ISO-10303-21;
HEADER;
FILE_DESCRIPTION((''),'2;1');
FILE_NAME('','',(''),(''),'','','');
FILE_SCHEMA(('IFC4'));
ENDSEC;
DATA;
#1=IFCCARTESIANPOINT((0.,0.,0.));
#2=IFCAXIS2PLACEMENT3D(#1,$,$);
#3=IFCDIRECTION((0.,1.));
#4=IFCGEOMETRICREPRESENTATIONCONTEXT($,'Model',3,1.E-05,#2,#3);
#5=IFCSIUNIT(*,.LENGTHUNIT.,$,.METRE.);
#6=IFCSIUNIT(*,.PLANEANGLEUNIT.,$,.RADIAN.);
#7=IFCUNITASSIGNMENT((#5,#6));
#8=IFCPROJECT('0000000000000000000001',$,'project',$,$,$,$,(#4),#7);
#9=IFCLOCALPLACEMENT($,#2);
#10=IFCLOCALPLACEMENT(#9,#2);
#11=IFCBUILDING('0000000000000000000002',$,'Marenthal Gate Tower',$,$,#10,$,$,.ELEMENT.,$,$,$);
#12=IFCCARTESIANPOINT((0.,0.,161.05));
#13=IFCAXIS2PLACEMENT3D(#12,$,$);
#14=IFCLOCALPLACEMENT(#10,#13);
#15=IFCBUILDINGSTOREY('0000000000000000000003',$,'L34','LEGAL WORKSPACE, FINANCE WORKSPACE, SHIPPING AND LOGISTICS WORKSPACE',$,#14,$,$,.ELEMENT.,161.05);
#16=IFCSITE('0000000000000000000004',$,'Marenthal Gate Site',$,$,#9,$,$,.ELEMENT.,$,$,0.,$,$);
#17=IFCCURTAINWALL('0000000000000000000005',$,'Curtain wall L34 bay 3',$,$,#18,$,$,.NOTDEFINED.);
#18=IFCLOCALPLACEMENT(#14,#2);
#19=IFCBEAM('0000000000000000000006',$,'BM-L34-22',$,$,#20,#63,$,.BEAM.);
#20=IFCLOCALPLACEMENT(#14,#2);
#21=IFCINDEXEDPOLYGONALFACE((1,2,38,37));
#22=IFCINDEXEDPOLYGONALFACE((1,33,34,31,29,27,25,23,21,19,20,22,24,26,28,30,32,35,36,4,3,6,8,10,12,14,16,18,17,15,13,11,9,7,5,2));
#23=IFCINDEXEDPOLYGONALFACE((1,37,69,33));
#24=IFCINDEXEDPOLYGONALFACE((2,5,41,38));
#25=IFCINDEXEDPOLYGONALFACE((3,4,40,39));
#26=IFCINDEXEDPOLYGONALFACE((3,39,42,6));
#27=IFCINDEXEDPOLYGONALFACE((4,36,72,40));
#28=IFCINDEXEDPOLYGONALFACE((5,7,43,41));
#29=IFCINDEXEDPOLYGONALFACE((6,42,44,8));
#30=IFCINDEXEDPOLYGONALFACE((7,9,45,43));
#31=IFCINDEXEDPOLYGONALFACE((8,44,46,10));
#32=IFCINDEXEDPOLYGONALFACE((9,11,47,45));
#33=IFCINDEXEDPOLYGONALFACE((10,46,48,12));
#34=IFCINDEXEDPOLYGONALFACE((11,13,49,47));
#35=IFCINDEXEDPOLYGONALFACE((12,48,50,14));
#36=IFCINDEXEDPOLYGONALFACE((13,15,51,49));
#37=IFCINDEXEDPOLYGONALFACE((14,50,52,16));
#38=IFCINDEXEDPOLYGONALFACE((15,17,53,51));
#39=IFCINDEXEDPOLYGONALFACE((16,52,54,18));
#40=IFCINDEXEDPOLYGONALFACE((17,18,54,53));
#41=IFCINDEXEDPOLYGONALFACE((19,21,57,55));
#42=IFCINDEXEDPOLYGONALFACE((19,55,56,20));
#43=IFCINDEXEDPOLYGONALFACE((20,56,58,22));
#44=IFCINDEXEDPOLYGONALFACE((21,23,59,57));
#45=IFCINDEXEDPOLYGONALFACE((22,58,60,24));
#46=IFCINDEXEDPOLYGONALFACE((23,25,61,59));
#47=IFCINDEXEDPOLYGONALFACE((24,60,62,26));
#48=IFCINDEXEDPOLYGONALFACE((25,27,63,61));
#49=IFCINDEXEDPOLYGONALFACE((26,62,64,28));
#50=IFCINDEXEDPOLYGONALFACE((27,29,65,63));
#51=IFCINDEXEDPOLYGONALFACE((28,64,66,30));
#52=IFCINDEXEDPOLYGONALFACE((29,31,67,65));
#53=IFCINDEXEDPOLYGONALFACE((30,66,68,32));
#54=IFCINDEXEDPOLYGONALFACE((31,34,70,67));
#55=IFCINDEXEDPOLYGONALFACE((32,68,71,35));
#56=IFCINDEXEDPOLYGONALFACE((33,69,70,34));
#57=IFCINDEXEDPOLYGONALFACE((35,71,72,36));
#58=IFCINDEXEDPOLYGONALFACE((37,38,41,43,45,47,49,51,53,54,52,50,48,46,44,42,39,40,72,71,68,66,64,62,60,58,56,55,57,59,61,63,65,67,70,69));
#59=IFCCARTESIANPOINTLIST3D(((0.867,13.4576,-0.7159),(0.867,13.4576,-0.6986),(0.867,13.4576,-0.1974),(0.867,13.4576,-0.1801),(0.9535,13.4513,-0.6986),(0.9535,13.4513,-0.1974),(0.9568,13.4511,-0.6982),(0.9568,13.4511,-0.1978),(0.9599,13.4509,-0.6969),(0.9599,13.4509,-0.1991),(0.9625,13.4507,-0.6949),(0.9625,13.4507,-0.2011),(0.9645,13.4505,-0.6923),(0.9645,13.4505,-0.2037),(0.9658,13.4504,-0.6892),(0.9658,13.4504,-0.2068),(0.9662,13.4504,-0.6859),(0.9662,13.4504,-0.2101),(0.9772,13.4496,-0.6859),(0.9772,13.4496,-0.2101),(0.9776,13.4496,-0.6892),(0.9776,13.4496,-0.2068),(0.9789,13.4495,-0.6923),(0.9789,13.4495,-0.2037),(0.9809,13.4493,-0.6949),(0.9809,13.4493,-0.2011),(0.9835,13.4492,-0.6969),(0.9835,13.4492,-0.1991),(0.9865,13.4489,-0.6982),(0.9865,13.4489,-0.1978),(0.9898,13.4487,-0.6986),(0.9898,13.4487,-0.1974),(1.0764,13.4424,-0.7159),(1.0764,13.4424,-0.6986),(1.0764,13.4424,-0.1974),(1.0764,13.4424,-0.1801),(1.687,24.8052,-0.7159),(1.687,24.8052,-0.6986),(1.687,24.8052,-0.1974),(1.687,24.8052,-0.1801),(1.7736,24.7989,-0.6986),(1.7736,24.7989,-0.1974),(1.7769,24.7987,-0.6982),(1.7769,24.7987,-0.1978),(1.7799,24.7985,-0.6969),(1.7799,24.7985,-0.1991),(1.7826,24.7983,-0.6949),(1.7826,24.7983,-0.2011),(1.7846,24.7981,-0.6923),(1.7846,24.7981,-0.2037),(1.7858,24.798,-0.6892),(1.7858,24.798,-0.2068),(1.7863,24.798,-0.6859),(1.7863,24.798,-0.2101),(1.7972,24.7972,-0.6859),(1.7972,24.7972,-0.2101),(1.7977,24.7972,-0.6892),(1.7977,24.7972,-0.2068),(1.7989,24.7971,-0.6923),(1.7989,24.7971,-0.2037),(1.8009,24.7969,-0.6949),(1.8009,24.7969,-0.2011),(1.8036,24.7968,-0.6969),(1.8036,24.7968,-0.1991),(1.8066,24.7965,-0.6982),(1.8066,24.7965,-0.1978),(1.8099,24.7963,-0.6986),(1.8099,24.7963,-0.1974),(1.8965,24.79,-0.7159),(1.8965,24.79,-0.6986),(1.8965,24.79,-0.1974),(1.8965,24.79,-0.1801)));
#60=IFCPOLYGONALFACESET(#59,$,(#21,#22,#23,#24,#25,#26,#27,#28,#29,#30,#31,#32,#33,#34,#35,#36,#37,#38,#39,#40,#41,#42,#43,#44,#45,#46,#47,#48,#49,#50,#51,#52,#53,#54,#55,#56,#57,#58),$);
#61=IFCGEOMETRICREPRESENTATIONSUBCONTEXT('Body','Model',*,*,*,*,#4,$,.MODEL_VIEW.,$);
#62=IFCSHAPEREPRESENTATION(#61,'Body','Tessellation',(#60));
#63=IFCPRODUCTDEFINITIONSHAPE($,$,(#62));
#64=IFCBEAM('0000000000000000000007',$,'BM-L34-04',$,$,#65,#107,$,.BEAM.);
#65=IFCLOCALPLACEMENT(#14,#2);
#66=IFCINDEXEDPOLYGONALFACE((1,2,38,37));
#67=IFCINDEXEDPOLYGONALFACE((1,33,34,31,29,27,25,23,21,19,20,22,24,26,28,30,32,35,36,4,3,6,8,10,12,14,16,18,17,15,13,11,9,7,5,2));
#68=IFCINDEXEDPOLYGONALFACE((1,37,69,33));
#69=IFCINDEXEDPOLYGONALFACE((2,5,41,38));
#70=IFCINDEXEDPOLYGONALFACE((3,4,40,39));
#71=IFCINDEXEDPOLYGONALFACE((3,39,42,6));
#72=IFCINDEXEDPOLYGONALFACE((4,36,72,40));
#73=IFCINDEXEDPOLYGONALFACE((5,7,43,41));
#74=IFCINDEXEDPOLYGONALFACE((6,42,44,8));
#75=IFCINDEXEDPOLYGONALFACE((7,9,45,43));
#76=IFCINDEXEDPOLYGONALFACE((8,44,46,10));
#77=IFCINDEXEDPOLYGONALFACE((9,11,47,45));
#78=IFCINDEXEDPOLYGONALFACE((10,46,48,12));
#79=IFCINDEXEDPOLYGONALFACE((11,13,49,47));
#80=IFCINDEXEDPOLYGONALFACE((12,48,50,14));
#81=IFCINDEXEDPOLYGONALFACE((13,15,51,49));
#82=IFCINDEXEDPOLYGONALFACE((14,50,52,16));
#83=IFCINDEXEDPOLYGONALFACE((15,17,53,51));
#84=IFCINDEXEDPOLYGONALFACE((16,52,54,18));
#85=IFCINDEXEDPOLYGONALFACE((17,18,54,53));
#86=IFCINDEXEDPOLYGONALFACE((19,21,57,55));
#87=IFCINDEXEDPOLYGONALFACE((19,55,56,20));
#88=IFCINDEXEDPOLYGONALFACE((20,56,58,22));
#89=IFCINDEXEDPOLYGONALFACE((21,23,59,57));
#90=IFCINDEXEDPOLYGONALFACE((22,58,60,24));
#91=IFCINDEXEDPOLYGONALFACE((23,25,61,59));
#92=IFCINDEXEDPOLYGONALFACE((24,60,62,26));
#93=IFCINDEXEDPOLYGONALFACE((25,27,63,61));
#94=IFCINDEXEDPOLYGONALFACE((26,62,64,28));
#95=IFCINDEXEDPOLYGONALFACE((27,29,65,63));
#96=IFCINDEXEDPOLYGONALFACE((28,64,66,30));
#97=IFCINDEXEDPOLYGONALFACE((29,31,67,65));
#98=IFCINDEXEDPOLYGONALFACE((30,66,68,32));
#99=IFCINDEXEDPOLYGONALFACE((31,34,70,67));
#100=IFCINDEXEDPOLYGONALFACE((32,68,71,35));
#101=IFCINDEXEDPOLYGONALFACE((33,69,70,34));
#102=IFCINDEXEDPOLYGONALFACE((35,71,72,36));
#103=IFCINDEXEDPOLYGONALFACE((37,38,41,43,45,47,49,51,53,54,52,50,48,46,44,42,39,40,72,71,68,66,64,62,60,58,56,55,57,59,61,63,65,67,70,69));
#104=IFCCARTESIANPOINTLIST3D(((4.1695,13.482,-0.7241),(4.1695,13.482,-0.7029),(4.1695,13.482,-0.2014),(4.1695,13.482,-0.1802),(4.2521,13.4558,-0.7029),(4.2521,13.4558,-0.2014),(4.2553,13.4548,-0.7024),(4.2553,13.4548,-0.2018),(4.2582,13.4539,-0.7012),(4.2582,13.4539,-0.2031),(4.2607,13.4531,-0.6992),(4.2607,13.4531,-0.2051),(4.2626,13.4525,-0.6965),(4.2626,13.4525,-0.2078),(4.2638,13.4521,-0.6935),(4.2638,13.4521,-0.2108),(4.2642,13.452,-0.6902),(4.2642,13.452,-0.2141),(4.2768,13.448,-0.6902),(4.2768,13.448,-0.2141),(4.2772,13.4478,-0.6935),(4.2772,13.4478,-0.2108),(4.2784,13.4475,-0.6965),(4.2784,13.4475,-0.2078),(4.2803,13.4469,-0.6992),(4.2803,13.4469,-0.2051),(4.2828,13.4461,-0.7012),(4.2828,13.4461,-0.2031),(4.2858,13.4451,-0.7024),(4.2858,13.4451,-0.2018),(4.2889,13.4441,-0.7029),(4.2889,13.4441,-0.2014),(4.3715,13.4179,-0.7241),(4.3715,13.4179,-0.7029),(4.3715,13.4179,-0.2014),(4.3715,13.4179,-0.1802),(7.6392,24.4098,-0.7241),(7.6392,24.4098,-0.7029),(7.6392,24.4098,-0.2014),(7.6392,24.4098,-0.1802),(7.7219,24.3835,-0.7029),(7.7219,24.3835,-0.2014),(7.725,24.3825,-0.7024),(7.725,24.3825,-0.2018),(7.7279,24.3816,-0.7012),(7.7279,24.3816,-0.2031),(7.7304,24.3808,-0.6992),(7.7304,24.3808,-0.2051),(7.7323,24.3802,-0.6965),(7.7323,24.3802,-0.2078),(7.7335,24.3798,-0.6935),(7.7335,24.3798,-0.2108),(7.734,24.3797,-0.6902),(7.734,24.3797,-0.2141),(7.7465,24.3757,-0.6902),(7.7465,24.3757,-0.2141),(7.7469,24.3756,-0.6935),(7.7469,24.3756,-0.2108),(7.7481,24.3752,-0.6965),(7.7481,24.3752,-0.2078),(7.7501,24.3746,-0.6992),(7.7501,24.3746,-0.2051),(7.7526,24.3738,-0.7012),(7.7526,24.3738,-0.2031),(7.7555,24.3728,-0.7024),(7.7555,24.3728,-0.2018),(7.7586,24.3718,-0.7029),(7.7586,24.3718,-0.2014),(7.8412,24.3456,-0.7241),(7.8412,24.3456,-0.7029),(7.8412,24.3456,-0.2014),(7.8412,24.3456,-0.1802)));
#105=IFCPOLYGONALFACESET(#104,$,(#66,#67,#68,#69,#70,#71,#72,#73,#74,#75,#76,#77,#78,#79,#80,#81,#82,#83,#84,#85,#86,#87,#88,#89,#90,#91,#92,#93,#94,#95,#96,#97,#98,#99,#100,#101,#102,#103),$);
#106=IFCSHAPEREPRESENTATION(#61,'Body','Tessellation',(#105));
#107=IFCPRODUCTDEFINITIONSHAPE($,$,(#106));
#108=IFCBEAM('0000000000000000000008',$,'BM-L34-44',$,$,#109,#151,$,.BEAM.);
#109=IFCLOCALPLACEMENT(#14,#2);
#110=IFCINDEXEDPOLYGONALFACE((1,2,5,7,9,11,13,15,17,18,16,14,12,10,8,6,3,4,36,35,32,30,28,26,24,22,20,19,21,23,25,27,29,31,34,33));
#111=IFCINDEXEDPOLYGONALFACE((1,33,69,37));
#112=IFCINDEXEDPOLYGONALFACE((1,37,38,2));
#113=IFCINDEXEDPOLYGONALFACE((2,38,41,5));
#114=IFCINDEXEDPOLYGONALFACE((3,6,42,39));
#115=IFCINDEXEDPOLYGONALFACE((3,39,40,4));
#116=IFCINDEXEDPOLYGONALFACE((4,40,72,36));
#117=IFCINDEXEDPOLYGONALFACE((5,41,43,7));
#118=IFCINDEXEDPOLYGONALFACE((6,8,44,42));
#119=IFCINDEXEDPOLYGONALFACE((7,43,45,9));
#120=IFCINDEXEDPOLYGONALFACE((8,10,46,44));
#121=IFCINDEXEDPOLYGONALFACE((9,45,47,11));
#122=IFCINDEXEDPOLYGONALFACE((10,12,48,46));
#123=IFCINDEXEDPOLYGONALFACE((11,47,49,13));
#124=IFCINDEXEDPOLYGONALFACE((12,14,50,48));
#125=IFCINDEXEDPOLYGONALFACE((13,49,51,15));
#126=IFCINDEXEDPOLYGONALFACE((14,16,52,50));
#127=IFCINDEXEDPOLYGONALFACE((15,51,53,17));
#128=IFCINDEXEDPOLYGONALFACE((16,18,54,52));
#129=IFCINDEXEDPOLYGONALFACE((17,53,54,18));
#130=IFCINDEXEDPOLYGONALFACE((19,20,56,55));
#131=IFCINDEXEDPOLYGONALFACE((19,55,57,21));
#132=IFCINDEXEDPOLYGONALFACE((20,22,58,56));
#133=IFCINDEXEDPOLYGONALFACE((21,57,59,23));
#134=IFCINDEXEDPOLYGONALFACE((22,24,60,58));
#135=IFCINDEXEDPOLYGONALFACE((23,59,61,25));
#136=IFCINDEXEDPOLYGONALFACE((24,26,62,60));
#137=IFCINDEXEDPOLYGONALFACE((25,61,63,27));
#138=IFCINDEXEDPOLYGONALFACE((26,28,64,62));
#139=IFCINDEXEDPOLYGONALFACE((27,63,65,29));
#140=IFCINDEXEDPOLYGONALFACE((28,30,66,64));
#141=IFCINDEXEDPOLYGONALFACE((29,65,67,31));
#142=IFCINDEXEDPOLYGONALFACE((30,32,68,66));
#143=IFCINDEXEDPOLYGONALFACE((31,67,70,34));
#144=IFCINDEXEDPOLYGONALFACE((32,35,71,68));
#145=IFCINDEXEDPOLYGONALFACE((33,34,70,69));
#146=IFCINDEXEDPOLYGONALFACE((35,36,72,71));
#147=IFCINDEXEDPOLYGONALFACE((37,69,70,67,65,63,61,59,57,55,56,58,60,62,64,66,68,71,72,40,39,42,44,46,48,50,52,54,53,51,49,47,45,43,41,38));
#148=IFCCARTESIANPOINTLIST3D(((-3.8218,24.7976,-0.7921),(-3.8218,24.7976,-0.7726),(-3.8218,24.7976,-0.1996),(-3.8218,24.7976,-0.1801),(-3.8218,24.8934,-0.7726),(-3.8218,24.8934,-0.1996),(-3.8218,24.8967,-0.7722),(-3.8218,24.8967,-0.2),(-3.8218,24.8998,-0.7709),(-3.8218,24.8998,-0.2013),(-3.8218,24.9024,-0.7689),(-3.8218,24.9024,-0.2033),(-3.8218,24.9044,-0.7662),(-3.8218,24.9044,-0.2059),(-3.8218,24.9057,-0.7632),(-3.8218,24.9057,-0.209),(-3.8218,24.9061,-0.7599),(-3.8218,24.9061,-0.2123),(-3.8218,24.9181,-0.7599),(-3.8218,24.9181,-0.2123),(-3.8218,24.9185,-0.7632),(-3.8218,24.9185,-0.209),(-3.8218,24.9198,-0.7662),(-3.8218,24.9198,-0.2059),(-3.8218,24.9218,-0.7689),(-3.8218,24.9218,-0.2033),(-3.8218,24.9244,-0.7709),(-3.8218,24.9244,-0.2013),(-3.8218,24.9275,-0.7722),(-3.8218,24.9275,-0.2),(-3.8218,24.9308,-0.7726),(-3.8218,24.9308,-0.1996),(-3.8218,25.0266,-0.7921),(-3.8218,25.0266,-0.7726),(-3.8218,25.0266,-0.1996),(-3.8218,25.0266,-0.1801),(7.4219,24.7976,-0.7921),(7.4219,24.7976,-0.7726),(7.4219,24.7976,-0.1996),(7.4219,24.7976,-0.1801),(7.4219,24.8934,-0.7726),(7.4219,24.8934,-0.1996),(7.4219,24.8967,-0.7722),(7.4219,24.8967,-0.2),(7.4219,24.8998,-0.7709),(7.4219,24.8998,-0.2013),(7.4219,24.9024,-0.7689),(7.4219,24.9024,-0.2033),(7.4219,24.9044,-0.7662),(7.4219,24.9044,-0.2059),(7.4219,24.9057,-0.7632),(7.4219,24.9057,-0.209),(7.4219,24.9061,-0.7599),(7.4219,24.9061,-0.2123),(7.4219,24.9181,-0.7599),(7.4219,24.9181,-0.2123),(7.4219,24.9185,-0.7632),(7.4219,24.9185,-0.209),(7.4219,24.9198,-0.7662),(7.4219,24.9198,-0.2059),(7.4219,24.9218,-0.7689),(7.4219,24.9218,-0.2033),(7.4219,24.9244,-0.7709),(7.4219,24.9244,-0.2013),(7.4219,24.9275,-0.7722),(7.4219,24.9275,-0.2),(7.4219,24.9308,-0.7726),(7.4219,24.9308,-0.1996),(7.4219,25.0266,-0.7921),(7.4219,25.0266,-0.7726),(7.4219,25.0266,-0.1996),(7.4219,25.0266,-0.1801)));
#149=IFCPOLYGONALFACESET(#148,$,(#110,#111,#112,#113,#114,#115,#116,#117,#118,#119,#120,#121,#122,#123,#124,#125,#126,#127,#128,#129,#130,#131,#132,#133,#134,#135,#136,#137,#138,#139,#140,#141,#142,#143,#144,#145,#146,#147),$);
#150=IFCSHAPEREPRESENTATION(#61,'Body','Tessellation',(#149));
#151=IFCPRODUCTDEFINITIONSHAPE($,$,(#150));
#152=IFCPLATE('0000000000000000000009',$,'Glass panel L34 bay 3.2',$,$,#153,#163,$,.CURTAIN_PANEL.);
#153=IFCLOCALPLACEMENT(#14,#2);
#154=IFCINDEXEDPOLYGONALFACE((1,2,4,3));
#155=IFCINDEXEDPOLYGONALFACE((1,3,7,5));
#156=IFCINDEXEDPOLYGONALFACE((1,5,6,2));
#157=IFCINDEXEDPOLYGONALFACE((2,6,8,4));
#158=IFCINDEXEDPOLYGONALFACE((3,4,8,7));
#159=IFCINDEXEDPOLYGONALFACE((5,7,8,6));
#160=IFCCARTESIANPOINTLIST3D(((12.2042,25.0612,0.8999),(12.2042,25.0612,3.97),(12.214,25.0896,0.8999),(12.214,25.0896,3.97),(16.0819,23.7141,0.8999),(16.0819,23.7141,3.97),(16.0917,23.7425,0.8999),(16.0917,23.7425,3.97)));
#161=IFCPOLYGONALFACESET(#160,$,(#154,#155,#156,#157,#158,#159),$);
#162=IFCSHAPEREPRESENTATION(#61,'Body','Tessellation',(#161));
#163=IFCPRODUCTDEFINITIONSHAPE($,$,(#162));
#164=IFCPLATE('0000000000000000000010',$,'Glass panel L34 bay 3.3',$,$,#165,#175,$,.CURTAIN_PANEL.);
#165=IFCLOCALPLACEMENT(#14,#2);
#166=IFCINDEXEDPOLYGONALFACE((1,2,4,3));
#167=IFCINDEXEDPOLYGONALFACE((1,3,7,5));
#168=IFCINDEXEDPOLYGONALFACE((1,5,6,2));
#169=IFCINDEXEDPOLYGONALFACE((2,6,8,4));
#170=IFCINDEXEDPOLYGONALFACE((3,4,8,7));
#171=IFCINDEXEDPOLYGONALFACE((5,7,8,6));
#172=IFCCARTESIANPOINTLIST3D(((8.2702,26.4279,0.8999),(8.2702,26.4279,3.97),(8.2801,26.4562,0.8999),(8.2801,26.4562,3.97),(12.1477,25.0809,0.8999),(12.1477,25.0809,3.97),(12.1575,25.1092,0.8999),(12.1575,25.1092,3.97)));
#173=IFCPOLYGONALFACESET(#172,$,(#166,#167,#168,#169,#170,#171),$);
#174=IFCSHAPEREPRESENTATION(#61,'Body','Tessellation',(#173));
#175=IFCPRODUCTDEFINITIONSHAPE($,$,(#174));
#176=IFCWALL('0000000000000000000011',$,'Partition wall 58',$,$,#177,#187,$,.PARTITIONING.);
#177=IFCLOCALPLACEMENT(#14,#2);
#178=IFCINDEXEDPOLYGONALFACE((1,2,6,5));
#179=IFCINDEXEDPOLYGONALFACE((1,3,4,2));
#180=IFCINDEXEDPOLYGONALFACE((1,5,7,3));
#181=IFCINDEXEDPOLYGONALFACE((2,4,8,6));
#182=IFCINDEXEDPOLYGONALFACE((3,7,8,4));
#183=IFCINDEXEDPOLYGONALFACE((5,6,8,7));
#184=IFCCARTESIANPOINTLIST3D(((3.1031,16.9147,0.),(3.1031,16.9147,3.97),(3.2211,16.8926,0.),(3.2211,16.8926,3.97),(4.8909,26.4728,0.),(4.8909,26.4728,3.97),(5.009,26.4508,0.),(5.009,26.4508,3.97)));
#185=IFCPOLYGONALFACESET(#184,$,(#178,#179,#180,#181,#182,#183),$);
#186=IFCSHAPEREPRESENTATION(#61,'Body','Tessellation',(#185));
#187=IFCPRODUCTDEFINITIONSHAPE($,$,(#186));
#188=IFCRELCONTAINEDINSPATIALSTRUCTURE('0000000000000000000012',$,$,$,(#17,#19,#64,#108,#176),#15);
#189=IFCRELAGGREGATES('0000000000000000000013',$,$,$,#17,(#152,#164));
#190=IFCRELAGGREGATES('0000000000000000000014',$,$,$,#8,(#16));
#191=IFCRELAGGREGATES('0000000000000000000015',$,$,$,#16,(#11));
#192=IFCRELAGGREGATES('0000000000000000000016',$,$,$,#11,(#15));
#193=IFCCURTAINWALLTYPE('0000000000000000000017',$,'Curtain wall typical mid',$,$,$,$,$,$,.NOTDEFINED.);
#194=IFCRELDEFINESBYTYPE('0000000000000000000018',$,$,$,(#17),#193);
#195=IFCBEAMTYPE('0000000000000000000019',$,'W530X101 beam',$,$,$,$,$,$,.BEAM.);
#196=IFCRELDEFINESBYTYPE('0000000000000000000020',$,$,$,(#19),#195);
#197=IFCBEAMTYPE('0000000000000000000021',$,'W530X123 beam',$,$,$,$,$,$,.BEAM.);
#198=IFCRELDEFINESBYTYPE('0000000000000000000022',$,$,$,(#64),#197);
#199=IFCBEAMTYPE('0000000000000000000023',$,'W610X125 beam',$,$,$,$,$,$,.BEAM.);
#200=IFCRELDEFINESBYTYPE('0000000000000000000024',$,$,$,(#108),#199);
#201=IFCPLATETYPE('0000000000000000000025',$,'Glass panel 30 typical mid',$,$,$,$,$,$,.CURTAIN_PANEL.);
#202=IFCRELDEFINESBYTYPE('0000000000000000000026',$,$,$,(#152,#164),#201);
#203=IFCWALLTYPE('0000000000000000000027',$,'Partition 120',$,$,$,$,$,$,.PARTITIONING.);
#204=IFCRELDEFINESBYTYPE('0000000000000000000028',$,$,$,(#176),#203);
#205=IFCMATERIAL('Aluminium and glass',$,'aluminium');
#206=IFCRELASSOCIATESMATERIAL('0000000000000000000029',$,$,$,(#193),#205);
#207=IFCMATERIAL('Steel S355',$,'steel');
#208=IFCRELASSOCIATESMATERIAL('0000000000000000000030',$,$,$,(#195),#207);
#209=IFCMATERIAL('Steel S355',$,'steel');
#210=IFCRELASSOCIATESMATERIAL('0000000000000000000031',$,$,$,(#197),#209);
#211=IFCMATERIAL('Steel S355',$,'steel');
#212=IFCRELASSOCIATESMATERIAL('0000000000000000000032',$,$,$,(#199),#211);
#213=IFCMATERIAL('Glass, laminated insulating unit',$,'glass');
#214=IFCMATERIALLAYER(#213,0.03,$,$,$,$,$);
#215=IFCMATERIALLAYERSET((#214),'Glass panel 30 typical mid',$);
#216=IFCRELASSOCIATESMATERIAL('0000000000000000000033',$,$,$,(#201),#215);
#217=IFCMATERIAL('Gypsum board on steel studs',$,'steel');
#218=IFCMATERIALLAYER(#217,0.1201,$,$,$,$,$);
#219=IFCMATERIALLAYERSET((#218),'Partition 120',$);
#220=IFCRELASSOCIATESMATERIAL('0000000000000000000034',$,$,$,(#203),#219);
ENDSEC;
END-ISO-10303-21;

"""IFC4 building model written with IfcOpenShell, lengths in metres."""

from ifc_helpers import new_model, si_unit, direction, frame, frame_2d, origin, origin_2d, place, context, subcontext, project, spatial, rectangle, i_section, extrude, material, layer, layer_set, material_profile, profile_set, type_object, element, aggregate, save


model = new_model("IFC4")

# Units and contexts
model_context = context("Model", 3, precision=1e-05, world=origin(), true_north=direction((0.0, 1.0)))
body_context = subcontext(model_context, "Body", "Model", "MODEL_VIEW")
ifc_project = project(units=[si_unit("LENGTHUNIT", "METRE"), si_unit("PLANEANGLEUNIT", "RADIAN")], contexts=[model_context])

# Site, building, storey
site_placement = place(None, origin())
site = spatial("IfcSite", under=ifc_project, at=site_placement, Name="Marenthal Gate Site", CompositionType="ELEMENT", RefElevation=0.0)
building_placement = place(site_placement, origin())
building = spatial("IfcBuilding", under=site, at=building_placement, Name="Marenthal Gate Tower", CompositionType="ELEMENT")
storey_placement = place(building_placement, frame((0.0, 0.0, 161.05)))
storey = spatial("IfcBuildingStorey", under=building, at=storey_placement, Name="L34", Description="LEGAL WORKSPACE, FINANCE WORKSPACE, SHIPPING AND LOGISTICS WORKSPACE", CompositionType="ELEMENT", Elevation=161.05)

# Curtain wall
ifc_material_1 = material(Name="Aluminium and glass", Category="aluminium")
curtain_wall_type = type_object("IfcCurtainWallType", Name="Curtain wall typical mid", PredefinedType="NOTDEFINED", material=ifc_material_1)
curtain_wall_placement = place(storey_placement, origin())
curtain_wall = element("IfcCurtainWall", 1, at=curtain_wall_placement, inside=storey, type_object=curtain_wall_type, Name="Curtain wall L34 bay 3", PredefinedType="NOTDEFINED")

# Beams
ifc_material_2 = material(Name="Steel S355", Category="steel")
ifc_material_profile_1 = material_profile(ifc_material_2, i_section(OverallWidth=0.21, OverallDepth=0.5359, WebThickness=0.011, FlangeThickness=0.0173, FilletRadius=0.0127, at=origin_2d()), Name="W530X101")
ifc_profile_set_1 = profile_set([ifc_material_profile_1], Name="Steel S355")
beam_type_1 = type_object("IfcBeamType", Name="W530X101 beam", PredefinedType="BEAM", material=ifc_profile_set_1)
beam_1_placement = place(storey_placement, frame((1.7917, 24.7976, -0.448), z_axis=(-0.07208, -0.997399, 0.0), x_axis=(0.997399, -0.07208, 0.0)))
element("IfcBeam", 2, at=beam_1_placement, inside=storey, type_object=beam_type_1, Name="BM-L34-22", PredefinedType="BEAM", context=body_context, shape_type="SweptSolid", body=[
    extrude(i_section(OverallWidth=0.21, OverallDepth=0.5359, WebThickness=0.011, FlangeThickness=0.0173, FilletRadius=0.0127, at=origin_2d()), origin(), (0.0, 0.0, 1.0), 11.3772),
])
ifc_material_3 = material(Name="Steel S355", Category="steel")
ifc_material_profile_2 = material_profile(ifc_material_3, i_section(OverallWidth=0.2119, OverallDepth=0.5439, WebThickness=0.0132, FlangeThickness=0.0212, FilletRadius=0.0127, at=origin_2d()), Name="W530X123")
ifc_profile_set_2 = profile_set([ifc_material_profile_2], Name="Steel S355")
beam_type_2 = type_object("IfcBeamType", Name="W530X123 beam", PredefinedType="BEAM", material=ifc_profile_set_2)
beam_2_placement = place(storey_placement, frame((7.7402, 24.3777, -0.4521), z_axis=(-0.302627, -0.953109, 0.0), x_axis=(0.953109, -0.302627, 0.0)))
element("IfcBeam", 3, at=beam_2_placement, inside=storey, type_object=beam_type_2, Name="BM-L34-04", PredefinedType="BEAM", context=body_context, shape_type="SweptSolid", body=[
    extrude(i_section(OverallWidth=0.2119, OverallDepth=0.5439, WebThickness=0.0132, FlangeThickness=0.0212, FilletRadius=0.0127, at=origin_2d()), origin(), (0.0, 0.0, 1.0), 11.4653),
])
ifc_material_4 = material(Name="Steel S355", Category="steel")
ifc_material_profile_3 = material_profile(ifc_material_4, i_section(OverallWidth=0.229, OverallDepth=0.6121, WebThickness=0.012, FlangeThickness=0.0195, FilletRadius=0.0127, at=origin_2d()), Name="W610X125")
ifc_profile_set_3 = profile_set([ifc_material_profile_3], Name="Steel S355")
beam_type_3 = type_object("IfcBeamType", Name="W610X125 beam", PredefinedType="BEAM", material=ifc_profile_set_3)
beam_3_placement = place(storey_placement, frame((7.4219, 24.9121, -0.4861), z_axis=(-1.0, 0.0, 0.0), x_axis=(0.0, -1.0, 0.0)))
element("IfcBeam", 4, at=beam_3_placement, inside=storey, type_object=beam_type_3, Name="BM-L34-44", PredefinedType="BEAM", context=body_context, shape_type="SweptSolid", body=[
    extrude(i_section(OverallWidth=0.229, OverallDepth=0.6121, WebThickness=0.012, FlangeThickness=0.0195, FilletRadius=0.0127, at=origin_2d()), origin(), (0.0, 0.0, 1.0), 11.2437),
])

# Plates
ifc_material_5 = material(Name="Glass, laminated insulating unit", Category="glass")
ifc_layer_1 = layer(ifc_material_5, 0.03)
ifc_layer_set_1 = layer_set([ifc_layer_1], Name="Glass panel 30 typical mid")
plate_type = type_object("IfcPlateType", Name="Glass panel 30 typical mid", PredefinedType="CURTAIN_PANEL", material=ifc_layer_set_1)
plate_1_placement = place(storey_placement, frame((14.1479, 24.4019, 0.8999), z_axis=(0.0, 0.0, 1.0), x_axis=(-0.944623, 0.328158, 0.0)))
plate_1 = element("IfcPlate", 5, at=plate_1_placement, type_object=plate_type, Name="Glass panel L34 bay 3.2", PredefinedType="CURTAIN_PANEL", context=body_context, shape_type="SweptSolid", body=[
    extrude(rectangle(XDim=4.105, YDim=0.03, at=origin_2d()), origin(), (0.0, 0.0, 1.0), 3.0701),
])
plate_2_placement = place(storey_placement, frame((10.2139, 25.7686, 0.8999), z_axis=(0.0, 0.0, 1.0), x_axis=(-0.944623, 0.328158, 0.0)))
plate_2 = element("IfcPlate", 6, at=plate_2_placement, type_object=plate_type, Name="Glass panel L34 bay 3.3", PredefinedType="CURTAIN_PANEL", context=body_context, shape_type="SweptSolid", body=[
    extrude(rectangle(XDim=4.1047, YDim=0.03, at=origin_2d()), origin(), (0.0, 0.0, 1.0), 3.0701),
])
aggregate(curtain_wall, [plate_1, plate_2])

# Wall
ifc_material_6 = material(Name="Gypsum board on steel studs", Category="steel")
ifc_layer_2 = layer(ifc_material_6, 0.1201)
ifc_layer_set_2 = layer_set([ifc_layer_2], Name="Partition 120")
wall_type_1 = type_object("IfcWallType", Name="Partition 120", PredefinedType="PARTITIONING", material=ifc_layer_set_2)
wall_1_placement = place(storey_placement, frame((3.1621, 16.9038, 0.0), z_axis=(0.0, 0.0, 1.0), x_axis=(0.183861, 0.982952, 0.0)))
element("IfcWall", 7, at=wall_1_placement, inside=storey, type_object=wall_type_1, Name="Partition wall 58", PredefinedType="PARTITIONING", context=body_context, shape_type="SweptSolid", body=[
    extrude(rectangle(XDim=9.7239, YDim=0.1201, at=frame_2d((4.8618, 0.0))), origin(), (0.0, 0.0, 1.0), 3.97),
])

save(model, "model.ifc")
